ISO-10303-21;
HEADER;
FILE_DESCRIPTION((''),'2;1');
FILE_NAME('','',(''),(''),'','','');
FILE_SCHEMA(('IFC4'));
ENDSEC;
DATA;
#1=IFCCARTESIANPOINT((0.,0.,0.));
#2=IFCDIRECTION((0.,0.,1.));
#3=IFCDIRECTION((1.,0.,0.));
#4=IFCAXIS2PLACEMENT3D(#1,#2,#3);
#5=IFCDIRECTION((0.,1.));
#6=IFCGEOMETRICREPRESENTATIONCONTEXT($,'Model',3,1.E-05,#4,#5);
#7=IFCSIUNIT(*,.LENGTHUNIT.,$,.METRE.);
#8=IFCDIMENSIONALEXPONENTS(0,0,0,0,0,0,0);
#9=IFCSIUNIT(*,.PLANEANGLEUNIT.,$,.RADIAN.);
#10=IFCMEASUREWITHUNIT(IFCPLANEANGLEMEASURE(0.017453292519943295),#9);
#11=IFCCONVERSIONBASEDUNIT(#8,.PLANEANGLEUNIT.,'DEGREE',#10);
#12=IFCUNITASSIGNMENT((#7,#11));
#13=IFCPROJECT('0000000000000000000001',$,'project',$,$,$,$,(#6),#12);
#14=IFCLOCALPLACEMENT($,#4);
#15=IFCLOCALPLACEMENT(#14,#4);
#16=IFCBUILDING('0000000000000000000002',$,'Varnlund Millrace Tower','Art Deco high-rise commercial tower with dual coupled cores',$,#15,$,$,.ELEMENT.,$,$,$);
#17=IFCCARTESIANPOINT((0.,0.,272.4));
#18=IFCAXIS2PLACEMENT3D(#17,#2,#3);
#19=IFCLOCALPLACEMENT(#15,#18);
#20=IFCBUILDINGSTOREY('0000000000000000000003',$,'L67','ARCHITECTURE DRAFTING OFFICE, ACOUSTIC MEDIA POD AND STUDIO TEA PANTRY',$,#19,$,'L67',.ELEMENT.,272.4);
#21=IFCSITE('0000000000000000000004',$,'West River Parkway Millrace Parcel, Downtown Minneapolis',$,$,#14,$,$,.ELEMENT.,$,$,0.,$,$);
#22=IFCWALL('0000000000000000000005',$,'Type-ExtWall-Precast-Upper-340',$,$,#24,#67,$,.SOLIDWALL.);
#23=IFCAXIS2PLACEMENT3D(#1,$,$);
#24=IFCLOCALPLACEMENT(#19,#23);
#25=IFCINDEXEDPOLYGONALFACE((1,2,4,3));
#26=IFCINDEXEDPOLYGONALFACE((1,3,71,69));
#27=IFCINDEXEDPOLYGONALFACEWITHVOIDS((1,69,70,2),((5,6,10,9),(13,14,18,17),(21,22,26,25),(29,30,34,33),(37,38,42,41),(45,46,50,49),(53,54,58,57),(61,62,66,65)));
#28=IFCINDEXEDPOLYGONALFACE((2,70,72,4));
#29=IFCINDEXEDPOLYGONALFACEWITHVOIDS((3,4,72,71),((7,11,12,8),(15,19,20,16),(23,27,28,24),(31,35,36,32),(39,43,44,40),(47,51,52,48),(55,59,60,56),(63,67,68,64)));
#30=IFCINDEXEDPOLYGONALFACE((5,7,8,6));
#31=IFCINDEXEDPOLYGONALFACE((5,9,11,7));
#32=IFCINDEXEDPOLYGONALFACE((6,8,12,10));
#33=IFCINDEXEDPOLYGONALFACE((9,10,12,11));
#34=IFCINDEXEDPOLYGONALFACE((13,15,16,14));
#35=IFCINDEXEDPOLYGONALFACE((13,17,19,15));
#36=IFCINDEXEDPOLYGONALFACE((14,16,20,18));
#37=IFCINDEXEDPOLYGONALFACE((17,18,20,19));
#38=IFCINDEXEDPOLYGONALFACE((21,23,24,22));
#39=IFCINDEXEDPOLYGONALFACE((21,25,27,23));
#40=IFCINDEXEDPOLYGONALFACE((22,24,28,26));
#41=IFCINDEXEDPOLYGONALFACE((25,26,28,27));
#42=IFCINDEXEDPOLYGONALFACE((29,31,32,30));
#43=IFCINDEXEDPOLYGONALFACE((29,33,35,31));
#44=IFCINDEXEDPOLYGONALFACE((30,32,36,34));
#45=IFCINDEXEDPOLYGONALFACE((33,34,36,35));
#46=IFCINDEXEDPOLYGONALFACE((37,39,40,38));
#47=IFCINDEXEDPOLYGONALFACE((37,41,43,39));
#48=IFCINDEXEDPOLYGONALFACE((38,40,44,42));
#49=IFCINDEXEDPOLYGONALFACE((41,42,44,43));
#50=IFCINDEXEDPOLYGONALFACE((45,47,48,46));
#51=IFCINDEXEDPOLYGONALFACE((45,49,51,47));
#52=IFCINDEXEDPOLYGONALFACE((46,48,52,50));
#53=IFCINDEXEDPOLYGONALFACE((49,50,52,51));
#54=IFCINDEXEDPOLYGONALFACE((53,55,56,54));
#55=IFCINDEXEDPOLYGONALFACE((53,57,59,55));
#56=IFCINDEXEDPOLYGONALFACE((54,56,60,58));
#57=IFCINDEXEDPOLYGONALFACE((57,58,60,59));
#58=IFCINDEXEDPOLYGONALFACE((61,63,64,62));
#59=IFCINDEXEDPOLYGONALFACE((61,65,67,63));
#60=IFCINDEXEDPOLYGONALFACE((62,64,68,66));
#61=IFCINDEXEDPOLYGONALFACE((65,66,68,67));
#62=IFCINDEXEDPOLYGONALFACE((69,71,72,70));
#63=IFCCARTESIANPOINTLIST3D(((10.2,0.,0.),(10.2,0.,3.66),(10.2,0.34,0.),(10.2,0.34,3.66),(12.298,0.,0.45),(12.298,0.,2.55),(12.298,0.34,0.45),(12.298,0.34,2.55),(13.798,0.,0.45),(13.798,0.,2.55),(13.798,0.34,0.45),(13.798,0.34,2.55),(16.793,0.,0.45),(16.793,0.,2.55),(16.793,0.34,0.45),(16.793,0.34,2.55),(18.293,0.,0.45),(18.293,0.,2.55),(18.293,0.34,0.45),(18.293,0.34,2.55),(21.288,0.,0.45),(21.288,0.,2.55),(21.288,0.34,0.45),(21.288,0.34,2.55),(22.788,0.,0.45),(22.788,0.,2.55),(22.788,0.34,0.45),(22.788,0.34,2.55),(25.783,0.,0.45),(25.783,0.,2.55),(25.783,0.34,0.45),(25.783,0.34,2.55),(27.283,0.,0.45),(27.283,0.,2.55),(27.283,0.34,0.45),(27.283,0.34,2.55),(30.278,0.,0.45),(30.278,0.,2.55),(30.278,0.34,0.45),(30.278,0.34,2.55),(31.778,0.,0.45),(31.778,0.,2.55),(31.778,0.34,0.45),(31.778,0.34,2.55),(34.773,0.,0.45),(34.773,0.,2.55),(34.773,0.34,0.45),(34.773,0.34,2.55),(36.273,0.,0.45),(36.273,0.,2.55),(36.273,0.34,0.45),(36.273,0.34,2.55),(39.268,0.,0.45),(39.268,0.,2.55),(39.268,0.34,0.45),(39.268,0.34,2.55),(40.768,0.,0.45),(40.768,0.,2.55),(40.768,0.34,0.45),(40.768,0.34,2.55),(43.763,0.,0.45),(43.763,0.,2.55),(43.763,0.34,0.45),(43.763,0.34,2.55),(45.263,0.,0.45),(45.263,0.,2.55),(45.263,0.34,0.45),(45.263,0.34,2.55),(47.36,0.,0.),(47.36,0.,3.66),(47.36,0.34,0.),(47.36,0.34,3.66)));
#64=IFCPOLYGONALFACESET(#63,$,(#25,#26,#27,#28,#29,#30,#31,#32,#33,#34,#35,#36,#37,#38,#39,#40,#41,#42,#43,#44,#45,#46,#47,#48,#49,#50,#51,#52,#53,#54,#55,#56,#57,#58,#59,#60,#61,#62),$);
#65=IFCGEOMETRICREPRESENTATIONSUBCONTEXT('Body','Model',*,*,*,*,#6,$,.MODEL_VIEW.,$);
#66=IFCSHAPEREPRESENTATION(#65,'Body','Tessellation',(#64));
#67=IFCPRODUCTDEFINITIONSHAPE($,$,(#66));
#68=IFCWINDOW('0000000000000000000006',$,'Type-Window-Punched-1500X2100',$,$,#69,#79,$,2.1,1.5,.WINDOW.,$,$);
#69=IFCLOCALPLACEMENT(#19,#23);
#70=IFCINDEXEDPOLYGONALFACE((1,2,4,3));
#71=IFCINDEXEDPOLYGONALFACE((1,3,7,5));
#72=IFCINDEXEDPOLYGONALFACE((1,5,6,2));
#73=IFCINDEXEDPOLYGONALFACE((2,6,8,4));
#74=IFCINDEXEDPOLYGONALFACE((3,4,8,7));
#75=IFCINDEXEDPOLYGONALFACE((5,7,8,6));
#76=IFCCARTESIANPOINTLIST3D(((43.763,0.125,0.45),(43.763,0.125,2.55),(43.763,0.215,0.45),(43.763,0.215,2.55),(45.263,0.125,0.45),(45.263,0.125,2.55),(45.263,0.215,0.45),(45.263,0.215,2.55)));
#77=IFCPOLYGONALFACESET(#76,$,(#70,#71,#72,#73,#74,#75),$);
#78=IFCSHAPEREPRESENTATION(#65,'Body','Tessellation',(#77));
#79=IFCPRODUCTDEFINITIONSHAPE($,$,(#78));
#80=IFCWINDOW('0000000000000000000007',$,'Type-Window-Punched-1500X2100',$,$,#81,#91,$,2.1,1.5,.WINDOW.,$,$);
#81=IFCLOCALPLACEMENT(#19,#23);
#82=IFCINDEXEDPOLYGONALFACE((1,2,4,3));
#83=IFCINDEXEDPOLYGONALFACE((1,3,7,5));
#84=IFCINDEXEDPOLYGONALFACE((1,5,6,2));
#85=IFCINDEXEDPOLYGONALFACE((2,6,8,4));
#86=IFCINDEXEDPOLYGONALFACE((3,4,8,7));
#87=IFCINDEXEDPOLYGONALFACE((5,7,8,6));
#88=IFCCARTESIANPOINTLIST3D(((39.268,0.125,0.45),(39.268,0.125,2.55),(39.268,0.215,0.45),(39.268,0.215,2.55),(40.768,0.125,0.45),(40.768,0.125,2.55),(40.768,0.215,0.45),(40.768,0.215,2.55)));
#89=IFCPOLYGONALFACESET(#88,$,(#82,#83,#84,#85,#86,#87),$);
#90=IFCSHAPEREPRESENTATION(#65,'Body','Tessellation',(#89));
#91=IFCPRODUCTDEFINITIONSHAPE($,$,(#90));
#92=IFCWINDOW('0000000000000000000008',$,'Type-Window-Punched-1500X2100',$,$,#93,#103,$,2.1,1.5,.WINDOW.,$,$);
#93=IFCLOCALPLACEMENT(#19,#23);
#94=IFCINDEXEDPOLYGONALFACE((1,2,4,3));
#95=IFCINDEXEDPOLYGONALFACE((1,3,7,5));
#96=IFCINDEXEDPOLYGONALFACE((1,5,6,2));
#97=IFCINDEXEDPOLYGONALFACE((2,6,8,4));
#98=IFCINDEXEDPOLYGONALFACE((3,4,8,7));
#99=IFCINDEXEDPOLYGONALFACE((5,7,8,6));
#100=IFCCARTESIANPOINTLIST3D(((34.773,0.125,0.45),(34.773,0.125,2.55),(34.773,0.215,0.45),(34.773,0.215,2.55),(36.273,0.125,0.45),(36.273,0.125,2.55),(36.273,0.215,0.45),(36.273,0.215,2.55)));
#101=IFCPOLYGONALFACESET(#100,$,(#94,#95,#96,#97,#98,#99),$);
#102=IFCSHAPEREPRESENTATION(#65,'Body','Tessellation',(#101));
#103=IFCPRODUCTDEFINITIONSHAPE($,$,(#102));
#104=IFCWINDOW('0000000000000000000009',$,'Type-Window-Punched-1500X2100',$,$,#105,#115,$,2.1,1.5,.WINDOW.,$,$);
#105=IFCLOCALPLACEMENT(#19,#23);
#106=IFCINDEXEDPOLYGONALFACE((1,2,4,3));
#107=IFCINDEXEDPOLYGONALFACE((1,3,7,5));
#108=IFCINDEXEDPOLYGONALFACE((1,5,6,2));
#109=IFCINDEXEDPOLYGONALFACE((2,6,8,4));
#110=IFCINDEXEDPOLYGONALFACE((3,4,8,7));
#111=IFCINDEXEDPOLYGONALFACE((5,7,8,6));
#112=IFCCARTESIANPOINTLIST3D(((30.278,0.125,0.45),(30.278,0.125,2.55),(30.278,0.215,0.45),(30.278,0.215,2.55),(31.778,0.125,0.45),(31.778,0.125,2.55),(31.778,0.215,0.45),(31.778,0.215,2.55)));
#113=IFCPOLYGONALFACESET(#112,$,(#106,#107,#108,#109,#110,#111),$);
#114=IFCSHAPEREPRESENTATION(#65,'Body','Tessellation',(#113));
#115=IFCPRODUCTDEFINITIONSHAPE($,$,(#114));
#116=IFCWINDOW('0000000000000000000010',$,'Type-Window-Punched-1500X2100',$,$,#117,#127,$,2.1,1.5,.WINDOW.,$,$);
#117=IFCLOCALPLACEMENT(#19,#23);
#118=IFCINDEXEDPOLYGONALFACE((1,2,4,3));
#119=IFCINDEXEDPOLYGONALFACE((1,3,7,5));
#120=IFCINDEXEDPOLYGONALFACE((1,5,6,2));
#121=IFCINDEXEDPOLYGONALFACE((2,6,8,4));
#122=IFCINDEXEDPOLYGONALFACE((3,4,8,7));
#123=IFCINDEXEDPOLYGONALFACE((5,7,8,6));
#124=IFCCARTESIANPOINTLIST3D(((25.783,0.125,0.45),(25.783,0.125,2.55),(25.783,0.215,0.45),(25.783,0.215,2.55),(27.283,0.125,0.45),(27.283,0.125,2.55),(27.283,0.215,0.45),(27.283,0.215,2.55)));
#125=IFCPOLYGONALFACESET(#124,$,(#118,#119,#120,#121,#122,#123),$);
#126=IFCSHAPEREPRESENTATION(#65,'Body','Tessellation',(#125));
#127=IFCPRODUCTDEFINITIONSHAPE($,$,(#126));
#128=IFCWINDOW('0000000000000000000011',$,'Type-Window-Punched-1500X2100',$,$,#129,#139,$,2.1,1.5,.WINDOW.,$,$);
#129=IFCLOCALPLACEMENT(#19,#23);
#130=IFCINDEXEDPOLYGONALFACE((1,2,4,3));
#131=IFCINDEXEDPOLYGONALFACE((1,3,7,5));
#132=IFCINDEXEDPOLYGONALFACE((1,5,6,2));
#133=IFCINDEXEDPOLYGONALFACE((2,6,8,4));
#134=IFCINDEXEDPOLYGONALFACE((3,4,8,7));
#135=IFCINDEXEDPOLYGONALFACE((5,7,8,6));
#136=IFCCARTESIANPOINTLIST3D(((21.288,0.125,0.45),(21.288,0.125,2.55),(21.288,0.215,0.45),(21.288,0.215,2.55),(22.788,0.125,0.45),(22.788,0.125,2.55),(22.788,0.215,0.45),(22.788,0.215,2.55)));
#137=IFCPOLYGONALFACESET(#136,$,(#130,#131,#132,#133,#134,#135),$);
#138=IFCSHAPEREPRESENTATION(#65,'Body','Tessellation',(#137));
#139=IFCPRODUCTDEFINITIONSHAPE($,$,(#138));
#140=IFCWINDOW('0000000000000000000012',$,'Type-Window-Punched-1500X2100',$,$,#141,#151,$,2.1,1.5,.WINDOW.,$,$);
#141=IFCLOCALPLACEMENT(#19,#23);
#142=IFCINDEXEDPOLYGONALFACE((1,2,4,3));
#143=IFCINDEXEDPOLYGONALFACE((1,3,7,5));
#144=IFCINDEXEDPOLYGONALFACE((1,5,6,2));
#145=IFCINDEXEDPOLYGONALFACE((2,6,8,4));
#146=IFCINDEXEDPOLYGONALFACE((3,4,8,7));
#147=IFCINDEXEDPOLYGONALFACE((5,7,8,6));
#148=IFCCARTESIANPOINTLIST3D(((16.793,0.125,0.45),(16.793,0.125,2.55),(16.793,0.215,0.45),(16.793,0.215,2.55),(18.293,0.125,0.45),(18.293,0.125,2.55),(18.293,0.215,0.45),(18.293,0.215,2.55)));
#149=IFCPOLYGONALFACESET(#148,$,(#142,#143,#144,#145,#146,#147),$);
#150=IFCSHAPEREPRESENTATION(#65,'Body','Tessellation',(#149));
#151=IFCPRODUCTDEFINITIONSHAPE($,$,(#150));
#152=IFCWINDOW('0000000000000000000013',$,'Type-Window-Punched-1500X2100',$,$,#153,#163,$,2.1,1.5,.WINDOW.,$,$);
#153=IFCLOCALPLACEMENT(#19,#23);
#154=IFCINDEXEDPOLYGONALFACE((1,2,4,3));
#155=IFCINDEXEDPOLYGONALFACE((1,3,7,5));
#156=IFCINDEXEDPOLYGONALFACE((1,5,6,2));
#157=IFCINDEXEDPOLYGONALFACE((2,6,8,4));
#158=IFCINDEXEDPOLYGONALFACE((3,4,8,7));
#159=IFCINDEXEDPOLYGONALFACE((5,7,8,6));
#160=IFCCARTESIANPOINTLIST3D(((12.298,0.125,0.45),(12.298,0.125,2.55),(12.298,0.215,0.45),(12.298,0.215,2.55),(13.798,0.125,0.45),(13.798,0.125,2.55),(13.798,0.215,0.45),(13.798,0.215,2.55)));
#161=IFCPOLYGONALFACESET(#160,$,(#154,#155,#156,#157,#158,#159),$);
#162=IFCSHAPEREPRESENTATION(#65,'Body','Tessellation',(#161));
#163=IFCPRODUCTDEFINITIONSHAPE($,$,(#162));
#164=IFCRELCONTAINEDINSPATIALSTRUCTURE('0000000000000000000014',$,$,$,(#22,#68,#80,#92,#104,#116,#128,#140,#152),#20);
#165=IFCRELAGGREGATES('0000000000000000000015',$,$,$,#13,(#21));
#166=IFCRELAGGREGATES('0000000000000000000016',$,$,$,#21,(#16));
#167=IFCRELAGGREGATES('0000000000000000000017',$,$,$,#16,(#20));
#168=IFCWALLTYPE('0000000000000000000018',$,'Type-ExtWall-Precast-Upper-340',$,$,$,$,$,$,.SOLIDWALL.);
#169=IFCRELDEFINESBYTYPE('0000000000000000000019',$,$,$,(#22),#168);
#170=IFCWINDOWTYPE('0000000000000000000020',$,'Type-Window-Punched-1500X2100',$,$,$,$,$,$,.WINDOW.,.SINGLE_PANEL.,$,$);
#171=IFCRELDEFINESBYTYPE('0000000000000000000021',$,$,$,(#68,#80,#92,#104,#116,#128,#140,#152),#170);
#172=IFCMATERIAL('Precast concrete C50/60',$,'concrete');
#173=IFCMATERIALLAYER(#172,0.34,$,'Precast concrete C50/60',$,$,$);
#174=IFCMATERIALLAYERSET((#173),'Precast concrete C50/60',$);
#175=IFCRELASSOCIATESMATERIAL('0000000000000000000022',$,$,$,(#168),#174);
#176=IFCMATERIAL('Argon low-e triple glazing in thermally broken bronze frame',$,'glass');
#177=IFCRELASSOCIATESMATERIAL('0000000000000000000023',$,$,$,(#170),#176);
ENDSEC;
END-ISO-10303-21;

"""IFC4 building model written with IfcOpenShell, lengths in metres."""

from ifc_helpers import new_model, entity, si_unit, converted_unit, direction, frame, origin_with_axes, origin_2d_with_axis, place, context, subcontext, project, spatial, polyline, rectangle, outline, extrude, material, layer, layer_set, type_object, element, fill, save


model = new_model("IFC4")

# Units and contexts
model_context = context("Model", 3, precision=1e-05, world=origin_with_axes(), true_north=direction((0.0, 1.0)))
body_context = subcontext(model_context, "Body", "Model", "MODEL_VIEW")
ifc_project = project(units=[si_unit("LENGTHUNIT", "METRE"), converted_unit("PLANEANGLEUNIT", "DEGREE", entity("IfcPlaneAngleMeasure", 0.017453292519943295), si_unit("PLANEANGLEUNIT", "RADIAN"), dimensions=[0, 0, 0, 0, 0, 0, 0])], contexts=[model_context])

# Site, building, storey
site_placement = place(None, origin_with_axes())
site = spatial("IfcSite", under=ifc_project, at=site_placement, Name="West River Parkway Millrace Parcel, Downtown Minneapolis", CompositionType="ELEMENT", RefElevation=0.0)
building_placement = place(site_placement, origin_with_axes())
building = spatial("IfcBuilding", under=site, at=building_placement, Name="Varnlund Millrace Tower", Description="Art Deco high-rise commercial tower with dual coupled cores", CompositionType="ELEMENT")
storey_placement = place(building_placement, frame((0.0, 0.0, 272.4), z_axis=(0.0, 0.0, 1.0), x_axis=(1.0, 0.0, 0.0)))
storey = spatial("IfcBuildingStorey", under=building, at=storey_placement, Name="L67", Description="ARCHITECTURE DRAFTING OFFICE, ACOUSTIC MEDIA POD AND STUDIO TEA PANTRY", LongName="L67", CompositionType="ELEMENT", Elevation=272.4)

# Shared definitions
ifc_material_1 = material(Name="Precast concrete C50/60", Category="concrete")
ifc_layer_1 = layer(ifc_material_1, 0.34, Name="Precast concrete C50/60")
ifc_layer_set_1 = layer_set([ifc_layer_1], Name="Precast concrete C50/60")
wall_type_1 = type_object("IfcWallType", Name="Type-ExtWall-Precast-Upper-340", PredefinedType="SOLIDWALL", material=ifc_layer_set_1)

# Wall, openings, windows
wall_1_placement = place(storey_placement, frame((47.36, 0.17, 0.0), z_axis=(0.0, 0.0, 1.0), x_axis=(-1.0, 0.0, 0.0)))
wall_1 = element("IfcWall", 1, at=wall_1_placement, inside=storey, type_object=wall_type_1, Name="Type-ExtWall-Precast-Upper-340", PredefinedType="SOLIDWALL", context=body_context, shape_type="SweptSolid", body=[
    extrude(outline(polyline([(0.0, -0.17), (37.16, -0.17), (37.16, 0.17), (0.0, 0.17), (0.0, -0.17)])), origin_with_axes(), (0.0, 0.0, 1.0), 3.66),
])
opening_1_placement = place(wall_1_placement, frame((2.847, 0.0, 0.45), z_axis=(0.0, 0.0, 1.0), x_axis=(1.0, 0.0, 0.0)))
opening_1 = element("IfcOpeningElement", 2, at=opening_1_placement, cuts=wall_1, PredefinedType="OPENING", context=body_context, shape_type="SweptSolid", body=[
    extrude(rectangle(XDim=1.5, YDim=0.36, at=origin_2d_with_axis()), origin_with_axes(), (0.0, 0.0, 1.0), 2.1),
])
opening_2_placement = place(wall_1_placement, frame((7.342, 0.0, 0.45), z_axis=(0.0, 0.0, 1.0), x_axis=(1.0, 0.0, 0.0)))
opening_2 = element("IfcOpeningElement", 3, at=opening_2_placement, cuts=wall_1, PredefinedType="OPENING", context=body_context, shape_type="SweptSolid", body=[
    extrude(rectangle(XDim=1.5, YDim=0.36, at=origin_2d_with_axis()), origin_with_axes(), (0.0, 0.0, 1.0), 2.1),
])
opening_3_placement = place(wall_1_placement, frame((11.837, 0.0, 0.45), z_axis=(0.0, 0.0, 1.0), x_axis=(1.0, 0.0, 0.0)))
opening_3 = element("IfcOpeningElement", 4, at=opening_3_placement, cuts=wall_1, PredefinedType="OPENING", context=body_context, shape_type="SweptSolid", body=[
    extrude(rectangle(XDim=1.5, YDim=0.36, at=origin_2d_with_axis()), origin_with_axes(), (0.0, 0.0, 1.0), 2.1),
])
opening_4_placement = place(wall_1_placement, frame((16.332, 0.0, 0.45), z_axis=(0.0, 0.0, 1.0), x_axis=(1.0, 0.0, 0.0)))
opening_4 = element("IfcOpeningElement", 5, at=opening_4_placement, cuts=wall_1, PredefinedType="OPENING", context=body_context, shape_type="SweptSolid", body=[
    extrude(rectangle(XDim=1.5, YDim=0.36, at=origin_2d_with_axis()), origin_with_axes(), (0.0, 0.0, 1.0), 2.1),
])
opening_5_placement = place(wall_1_placement, frame((20.827, 0.0, 0.45), z_axis=(0.0, 0.0, 1.0), x_axis=(1.0, 0.0, 0.0)))
opening_5 = element("IfcOpeningElement", 6, at=opening_5_placement, cuts=wall_1, PredefinedType="OPENING", context=body_context, shape_type="SweptSolid", body=[
    extrude(rectangle(XDim=1.5, YDim=0.36, at=origin_2d_with_axis()), origin_with_axes(), (0.0, 0.0, 1.0), 2.1),
])
opening_6_placement = place(wall_1_placement, frame((25.322, 0.0, 0.45), z_axis=(0.0, 0.0, 1.0), x_axis=(1.0, 0.0, 0.0)))
opening_6 = element("IfcOpeningElement", 7, at=opening_6_placement, cuts=wall_1, PredefinedType="OPENING", context=body_context, shape_type="SweptSolid", body=[
    extrude(rectangle(XDim=1.5, YDim=0.36, at=origin_2d_with_axis()), origin_with_axes(), (0.0, 0.0, 1.0), 2.1),
])
opening_7_placement = place(wall_1_placement, frame((29.817, 0.0, 0.45), z_axis=(0.0, 0.0, 1.0), x_axis=(1.0, 0.0, 0.0)))
opening_7 = element("IfcOpeningElement", 8, at=opening_7_placement, cuts=wall_1, PredefinedType="OPENING", context=body_context, shape_type="SweptSolid", body=[
    extrude(rectangle(XDim=1.5, YDim=0.36, at=origin_2d_with_axis()), origin_with_axes(), (0.0, 0.0, 1.0), 2.1),
])
opening_8_placement = place(wall_1_placement, frame((34.312, 0.0, 0.45), z_axis=(0.0, 0.0, 1.0), x_axis=(1.0, 0.0, 0.0)))
opening_8 = element("IfcOpeningElement", 9, at=opening_8_placement, cuts=wall_1, PredefinedType="OPENING", context=body_context, shape_type="SweptSolid", body=[
    extrude(rectangle(XDim=1.5, YDim=0.36, at=origin_2d_with_axis()), origin_with_axes(), (0.0, 0.0, 1.0), 2.1),
])
ifc_material_2 = material(Name="Argon low-e triple glazing in thermally broken bronze frame", Category="glass")
window_type = type_object("IfcWindowType", Name="Type-Window-Punched-1500X2100", PartitioningType="SINGLE_PANEL", PredefinedType="WINDOW", material=ifc_material_2)
window_1_placement = place(wall_1_placement, frame((2.847, 0.0, 0.45), z_axis=(0.0, 0.0, 1.0), x_axis=(1.0, 0.0, 0.0)))
window_1 = element("IfcWindow", 10, at=window_1_placement, inside=storey, type_object=window_type, Name="Type-Window-Punched-1500X2100", OverallHeight=2.1, OverallWidth=1.5, PredefinedType="WINDOW", context=body_context, shape_type="SweptSolid", body=[
    extrude(rectangle(XDim=1.5, YDim=0.09, at=origin_2d_with_axis()), origin_with_axes(), (0.0, 0.0, 1.0), 2.1),
])
fill(opening_1, window_1)
window_2_placement = place(wall_1_placement, frame((7.342, 0.0, 0.45), z_axis=(0.0, 0.0, 1.0), x_axis=(1.0, 0.0, 0.0)))
window_2 = element("IfcWindow", 11, at=window_2_placement, inside=storey, type_object=window_type, Name="Type-Window-Punched-1500X2100", OverallHeight=2.1, OverallWidth=1.5, PredefinedType="WINDOW", context=body_context, shape_type="SweptSolid", body=[
    extrude(rectangle(XDim=1.5, YDim=0.09, at=origin_2d_with_axis()), origin_with_axes(), (0.0, 0.0, 1.0), 2.1),
])
fill(opening_2, window_2)
window_3_placement = place(wall_1_placement, frame((11.837, 0.0, 0.45), z_axis=(0.0, 0.0, 1.0), x_axis=(1.0, 0.0, 0.0)))
window_3 = element("IfcWindow", 12, at=window_3_placement, inside=storey, type_object=window_type, Name="Type-Window-Punched-1500X2100", OverallHeight=2.1, OverallWidth=1.5, PredefinedType="WINDOW", context=body_context, shape_type="SweptSolid", body=[
    extrude(rectangle(XDim=1.5, YDim=0.09, at=origin_2d_with_axis()), origin_with_axes(), (0.0, 0.0, 1.0), 2.1),
])
fill(opening_3, window_3)
window_4_placement = place(wall_1_placement, frame((16.332, 0.0, 0.45), z_axis=(0.0, 0.0, 1.0), x_axis=(1.0, 0.0, 0.0)))
window_4 = element("IfcWindow", 13, at=window_4_placement, inside=storey, type_object=window_type, Name="Type-Window-Punched-1500X2100", OverallHeight=2.1, OverallWidth=1.5, PredefinedType="WINDOW", context=body_context, shape_type="SweptSolid", body=[
    extrude(rectangle(XDim=1.5, YDim=0.09, at=origin_2d_with_axis()), origin_with_axes(), (0.0, 0.0, 1.0), 2.1),
])
fill(opening_4, window_4)
window_5_placement = place(wall_1_placement, frame((20.827, 0.0, 0.45), z_axis=(0.0, 0.0, 1.0), x_axis=(1.0, 0.0, 0.0)))
window_5 = element("IfcWindow", 14, at=window_5_placement, inside=storey, type_object=window_type, Name="Type-Window-Punched-1500X2100", OverallHeight=2.1, OverallWidth=1.5, PredefinedType="WINDOW", context=body_context, shape_type="SweptSolid", body=[
    extrude(rectangle(XDim=1.5, YDim=0.09, at=origin_2d_with_axis()), origin_with_axes(), (0.0, 0.0, 1.0), 2.1),
])
fill(opening_5, window_5)
window_6_placement = place(wall_1_placement, frame((25.322, 0.0, 0.45), z_axis=(0.0, 0.0, 1.0), x_axis=(1.0, 0.0, 0.0)))
window_6 = element("IfcWindow", 15, at=window_6_placement, inside=storey, type_object=window_type, Name="Type-Window-Punched-1500X2100", OverallHeight=2.1, OverallWidth=1.5, PredefinedType="WINDOW", context=body_context, shape_type="SweptSolid", body=[
    extrude(rectangle(XDim=1.5, YDim=0.09, at=origin_2d_with_axis()), origin_with_axes(), (0.0, 0.0, 1.0), 2.1),
])
fill(opening_6, window_6)
window_7_placement = place(wall_1_placement, frame((29.817, 0.0, 0.45), z_axis=(0.0, 0.0, 1.0), x_axis=(1.0, 0.0, 0.0)))
window_7 = element("IfcWindow", 16, at=window_7_placement, inside=storey, type_object=window_type, Name="Type-Window-Punched-1500X2100", OverallHeight=2.1, OverallWidth=1.5, PredefinedType="WINDOW", context=body_context, shape_type="SweptSolid", body=[
    extrude(rectangle(XDim=1.5, YDim=0.09, at=origin_2d_with_axis()), origin_with_axes(), (0.0, 0.0, 1.0), 2.1),
])
fill(opening_7, window_7)
window_8_placement = place(wall_1_placement, frame((34.312, 0.0, 0.45), z_axis=(0.0, 0.0, 1.0), x_axis=(1.0, 0.0, 0.0)))
window_8 = element("IfcWindow", 17, at=window_8_placement, inside=storey, type_object=window_type, Name="Type-Window-Punched-1500X2100", OverallHeight=2.1, OverallWidth=1.5, PredefinedType="WINDOW", context=body_context, shape_type="SweptSolid", body=[
    extrude(rectangle(XDim=1.5, YDim=0.09, at=origin_2d_with_axis()), origin_with_axes(), (0.0, 0.0, 1.0), 2.1),
])
fill(opening_8, window_8)

save(model, "model.ifc")
